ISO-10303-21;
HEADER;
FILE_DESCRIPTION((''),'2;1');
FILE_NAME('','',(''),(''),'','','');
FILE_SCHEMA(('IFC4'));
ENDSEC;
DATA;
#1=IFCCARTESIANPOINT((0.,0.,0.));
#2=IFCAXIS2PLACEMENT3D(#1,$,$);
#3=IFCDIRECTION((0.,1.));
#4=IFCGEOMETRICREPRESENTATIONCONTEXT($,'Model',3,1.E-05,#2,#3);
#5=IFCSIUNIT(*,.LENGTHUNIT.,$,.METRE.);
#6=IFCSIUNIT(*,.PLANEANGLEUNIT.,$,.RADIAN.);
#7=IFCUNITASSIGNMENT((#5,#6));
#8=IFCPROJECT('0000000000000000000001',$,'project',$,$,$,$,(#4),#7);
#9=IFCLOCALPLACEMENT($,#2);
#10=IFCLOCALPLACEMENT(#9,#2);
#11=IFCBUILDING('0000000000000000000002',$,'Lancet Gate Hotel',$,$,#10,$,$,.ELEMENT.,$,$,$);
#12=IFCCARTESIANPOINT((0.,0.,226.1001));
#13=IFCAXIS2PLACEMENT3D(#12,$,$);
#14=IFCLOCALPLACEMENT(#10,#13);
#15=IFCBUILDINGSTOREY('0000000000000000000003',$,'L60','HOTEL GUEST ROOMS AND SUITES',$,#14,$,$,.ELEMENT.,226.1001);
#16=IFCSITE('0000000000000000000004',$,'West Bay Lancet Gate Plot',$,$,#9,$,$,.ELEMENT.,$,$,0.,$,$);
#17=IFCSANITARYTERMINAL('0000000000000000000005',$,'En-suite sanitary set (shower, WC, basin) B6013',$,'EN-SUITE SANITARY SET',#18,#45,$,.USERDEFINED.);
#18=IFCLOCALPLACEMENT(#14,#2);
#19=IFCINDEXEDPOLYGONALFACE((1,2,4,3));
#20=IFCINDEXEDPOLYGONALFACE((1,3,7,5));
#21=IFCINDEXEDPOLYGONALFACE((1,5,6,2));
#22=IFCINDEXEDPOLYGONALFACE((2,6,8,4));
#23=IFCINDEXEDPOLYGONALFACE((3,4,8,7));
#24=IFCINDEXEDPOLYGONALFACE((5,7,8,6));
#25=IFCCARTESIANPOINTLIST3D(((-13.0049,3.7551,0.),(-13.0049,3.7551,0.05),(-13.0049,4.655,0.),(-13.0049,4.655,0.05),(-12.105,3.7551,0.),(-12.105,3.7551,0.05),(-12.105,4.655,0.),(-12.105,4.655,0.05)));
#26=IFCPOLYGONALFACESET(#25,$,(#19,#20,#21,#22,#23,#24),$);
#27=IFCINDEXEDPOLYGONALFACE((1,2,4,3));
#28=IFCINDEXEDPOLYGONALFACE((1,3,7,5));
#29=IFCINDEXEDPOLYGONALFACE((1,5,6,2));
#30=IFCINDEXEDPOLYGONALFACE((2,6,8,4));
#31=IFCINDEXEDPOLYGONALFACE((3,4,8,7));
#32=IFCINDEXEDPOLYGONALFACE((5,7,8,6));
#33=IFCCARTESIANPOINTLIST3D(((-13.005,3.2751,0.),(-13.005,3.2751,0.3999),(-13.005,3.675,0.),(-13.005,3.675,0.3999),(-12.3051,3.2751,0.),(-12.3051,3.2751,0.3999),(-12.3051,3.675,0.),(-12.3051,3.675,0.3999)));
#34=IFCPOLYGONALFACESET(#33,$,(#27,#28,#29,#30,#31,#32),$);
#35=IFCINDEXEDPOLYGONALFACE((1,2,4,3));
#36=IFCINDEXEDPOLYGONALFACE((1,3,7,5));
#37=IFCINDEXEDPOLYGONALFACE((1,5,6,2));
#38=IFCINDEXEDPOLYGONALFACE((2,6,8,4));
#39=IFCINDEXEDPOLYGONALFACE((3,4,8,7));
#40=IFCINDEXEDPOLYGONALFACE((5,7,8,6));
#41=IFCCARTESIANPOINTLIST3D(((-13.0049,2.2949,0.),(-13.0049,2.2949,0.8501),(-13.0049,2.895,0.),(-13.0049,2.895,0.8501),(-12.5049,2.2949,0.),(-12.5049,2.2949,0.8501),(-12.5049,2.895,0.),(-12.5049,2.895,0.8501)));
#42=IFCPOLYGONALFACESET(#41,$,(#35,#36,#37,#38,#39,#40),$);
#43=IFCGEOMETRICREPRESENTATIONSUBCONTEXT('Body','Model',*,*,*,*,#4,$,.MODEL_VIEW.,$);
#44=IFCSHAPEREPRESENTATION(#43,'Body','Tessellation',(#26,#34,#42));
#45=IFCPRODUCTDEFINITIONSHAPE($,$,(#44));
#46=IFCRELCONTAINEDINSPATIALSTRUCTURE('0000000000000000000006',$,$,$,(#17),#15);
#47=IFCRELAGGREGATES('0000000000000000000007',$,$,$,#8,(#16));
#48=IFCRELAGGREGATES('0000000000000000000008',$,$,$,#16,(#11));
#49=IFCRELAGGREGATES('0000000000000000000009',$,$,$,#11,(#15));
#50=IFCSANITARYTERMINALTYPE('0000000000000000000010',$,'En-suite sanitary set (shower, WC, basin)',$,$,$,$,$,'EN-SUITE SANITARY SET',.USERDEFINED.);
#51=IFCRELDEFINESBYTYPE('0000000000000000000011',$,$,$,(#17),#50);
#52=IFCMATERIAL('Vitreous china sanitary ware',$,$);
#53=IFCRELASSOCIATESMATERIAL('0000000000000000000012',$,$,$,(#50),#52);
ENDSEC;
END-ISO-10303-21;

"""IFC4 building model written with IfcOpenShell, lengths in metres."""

from ifc_helpers import new_model, si_unit, direction, frame, origin, origin_2d, place, context, subcontext, project, spatial, rectangle, extrude, material, type_object, element, save


model = new_model("IFC4")

# Units and contexts
model_context = context("Model", 3, precision=1e-05, world=origin(), true_north=direction((0.0, 1.0)))
body_context = subcontext(model_context, "Body", "Model", "MODEL_VIEW")
ifc_project = project(units=[si_unit("LENGTHUNIT", "METRE"), si_unit("PLANEANGLEUNIT", "RADIAN")], contexts=[model_context])

# Site, building, storey
site_placement = place(None, origin())
site = spatial("IfcSite", under=ifc_project, at=site_placement, Name="West Bay Lancet Gate Plot", CompositionType="ELEMENT", RefElevation=0.0)
building_placement = place(site_placement, origin())
building = spatial("IfcBuilding", under=site, at=building_placement, Name="Lancet Gate Hotel", CompositionType="ELEMENT")
storey_placement = place(building_placement, frame((0.0, 0.0, 226.1001)))
storey = spatial("IfcBuildingStorey", under=building, at=storey_placement, Name="L60", Description="HOTEL GUEST ROOMS AND SUITES", CompositionType="ELEMENT", Elevation=226.1001)

# Sanitary terminal
ifc_material_1 = material(Name="Vitreous china sanitary ware")
sanitary_terminal_type = type_object("IfcSanitaryTerminalType", Name="En-suite sanitary set (shower, WC, basin)", ElementType="EN-SUITE SANITARY SET", PredefinedType="USERDEFINED", material=ifc_material_1)
sanitary_terminal_placement = place(storey_placement, frame((-12.5549, 4.2051, 0.0), z_axis=(0.0, 0.0, 1.0), x_axis=(1.0, 0.0, 0.0)))
element("IfcSanitaryTerminal", 1, at=sanitary_terminal_placement, inside=storey, type_object=sanitary_terminal_type, Name="En-suite sanitary set (shower, WC, basin) B6013", ObjectType="EN-SUITE SANITARY SET", PredefinedType="USERDEFINED", context=body_context, shape_type="SweptSolid", body=[
    extrude(rectangle(XDim=0.8999, YDim=0.8999, at=origin_2d()), frame((0.0, 0.0, 0.0), z_axis=(0.0, 0.0, 1.0), x_axis=(0.0, 1.0, 0.0)), (0.0, 0.0, 1.0), 0.05),
    extrude(rectangle(XDim=0.3999, YDim=0.7, at=origin_2d()), frame((-0.1001, -0.73, 0.0), z_axis=(0.0, 0.0, 1.0), x_axis=(0.0, 1.0, 0.0)), (0.0, 0.0, 1.0), 0.3999),
    extrude(rectangle(XDim=0.6001, YDim=0.5, at=origin_2d()), frame((-0.2, -1.6101, 0.0), z_axis=(0.0, 0.0, 1.0), x_axis=(0.0, 1.0, 0.0)), (0.0, 0.0, 1.0), 0.8501),
])

save(model, "model.ifc")
